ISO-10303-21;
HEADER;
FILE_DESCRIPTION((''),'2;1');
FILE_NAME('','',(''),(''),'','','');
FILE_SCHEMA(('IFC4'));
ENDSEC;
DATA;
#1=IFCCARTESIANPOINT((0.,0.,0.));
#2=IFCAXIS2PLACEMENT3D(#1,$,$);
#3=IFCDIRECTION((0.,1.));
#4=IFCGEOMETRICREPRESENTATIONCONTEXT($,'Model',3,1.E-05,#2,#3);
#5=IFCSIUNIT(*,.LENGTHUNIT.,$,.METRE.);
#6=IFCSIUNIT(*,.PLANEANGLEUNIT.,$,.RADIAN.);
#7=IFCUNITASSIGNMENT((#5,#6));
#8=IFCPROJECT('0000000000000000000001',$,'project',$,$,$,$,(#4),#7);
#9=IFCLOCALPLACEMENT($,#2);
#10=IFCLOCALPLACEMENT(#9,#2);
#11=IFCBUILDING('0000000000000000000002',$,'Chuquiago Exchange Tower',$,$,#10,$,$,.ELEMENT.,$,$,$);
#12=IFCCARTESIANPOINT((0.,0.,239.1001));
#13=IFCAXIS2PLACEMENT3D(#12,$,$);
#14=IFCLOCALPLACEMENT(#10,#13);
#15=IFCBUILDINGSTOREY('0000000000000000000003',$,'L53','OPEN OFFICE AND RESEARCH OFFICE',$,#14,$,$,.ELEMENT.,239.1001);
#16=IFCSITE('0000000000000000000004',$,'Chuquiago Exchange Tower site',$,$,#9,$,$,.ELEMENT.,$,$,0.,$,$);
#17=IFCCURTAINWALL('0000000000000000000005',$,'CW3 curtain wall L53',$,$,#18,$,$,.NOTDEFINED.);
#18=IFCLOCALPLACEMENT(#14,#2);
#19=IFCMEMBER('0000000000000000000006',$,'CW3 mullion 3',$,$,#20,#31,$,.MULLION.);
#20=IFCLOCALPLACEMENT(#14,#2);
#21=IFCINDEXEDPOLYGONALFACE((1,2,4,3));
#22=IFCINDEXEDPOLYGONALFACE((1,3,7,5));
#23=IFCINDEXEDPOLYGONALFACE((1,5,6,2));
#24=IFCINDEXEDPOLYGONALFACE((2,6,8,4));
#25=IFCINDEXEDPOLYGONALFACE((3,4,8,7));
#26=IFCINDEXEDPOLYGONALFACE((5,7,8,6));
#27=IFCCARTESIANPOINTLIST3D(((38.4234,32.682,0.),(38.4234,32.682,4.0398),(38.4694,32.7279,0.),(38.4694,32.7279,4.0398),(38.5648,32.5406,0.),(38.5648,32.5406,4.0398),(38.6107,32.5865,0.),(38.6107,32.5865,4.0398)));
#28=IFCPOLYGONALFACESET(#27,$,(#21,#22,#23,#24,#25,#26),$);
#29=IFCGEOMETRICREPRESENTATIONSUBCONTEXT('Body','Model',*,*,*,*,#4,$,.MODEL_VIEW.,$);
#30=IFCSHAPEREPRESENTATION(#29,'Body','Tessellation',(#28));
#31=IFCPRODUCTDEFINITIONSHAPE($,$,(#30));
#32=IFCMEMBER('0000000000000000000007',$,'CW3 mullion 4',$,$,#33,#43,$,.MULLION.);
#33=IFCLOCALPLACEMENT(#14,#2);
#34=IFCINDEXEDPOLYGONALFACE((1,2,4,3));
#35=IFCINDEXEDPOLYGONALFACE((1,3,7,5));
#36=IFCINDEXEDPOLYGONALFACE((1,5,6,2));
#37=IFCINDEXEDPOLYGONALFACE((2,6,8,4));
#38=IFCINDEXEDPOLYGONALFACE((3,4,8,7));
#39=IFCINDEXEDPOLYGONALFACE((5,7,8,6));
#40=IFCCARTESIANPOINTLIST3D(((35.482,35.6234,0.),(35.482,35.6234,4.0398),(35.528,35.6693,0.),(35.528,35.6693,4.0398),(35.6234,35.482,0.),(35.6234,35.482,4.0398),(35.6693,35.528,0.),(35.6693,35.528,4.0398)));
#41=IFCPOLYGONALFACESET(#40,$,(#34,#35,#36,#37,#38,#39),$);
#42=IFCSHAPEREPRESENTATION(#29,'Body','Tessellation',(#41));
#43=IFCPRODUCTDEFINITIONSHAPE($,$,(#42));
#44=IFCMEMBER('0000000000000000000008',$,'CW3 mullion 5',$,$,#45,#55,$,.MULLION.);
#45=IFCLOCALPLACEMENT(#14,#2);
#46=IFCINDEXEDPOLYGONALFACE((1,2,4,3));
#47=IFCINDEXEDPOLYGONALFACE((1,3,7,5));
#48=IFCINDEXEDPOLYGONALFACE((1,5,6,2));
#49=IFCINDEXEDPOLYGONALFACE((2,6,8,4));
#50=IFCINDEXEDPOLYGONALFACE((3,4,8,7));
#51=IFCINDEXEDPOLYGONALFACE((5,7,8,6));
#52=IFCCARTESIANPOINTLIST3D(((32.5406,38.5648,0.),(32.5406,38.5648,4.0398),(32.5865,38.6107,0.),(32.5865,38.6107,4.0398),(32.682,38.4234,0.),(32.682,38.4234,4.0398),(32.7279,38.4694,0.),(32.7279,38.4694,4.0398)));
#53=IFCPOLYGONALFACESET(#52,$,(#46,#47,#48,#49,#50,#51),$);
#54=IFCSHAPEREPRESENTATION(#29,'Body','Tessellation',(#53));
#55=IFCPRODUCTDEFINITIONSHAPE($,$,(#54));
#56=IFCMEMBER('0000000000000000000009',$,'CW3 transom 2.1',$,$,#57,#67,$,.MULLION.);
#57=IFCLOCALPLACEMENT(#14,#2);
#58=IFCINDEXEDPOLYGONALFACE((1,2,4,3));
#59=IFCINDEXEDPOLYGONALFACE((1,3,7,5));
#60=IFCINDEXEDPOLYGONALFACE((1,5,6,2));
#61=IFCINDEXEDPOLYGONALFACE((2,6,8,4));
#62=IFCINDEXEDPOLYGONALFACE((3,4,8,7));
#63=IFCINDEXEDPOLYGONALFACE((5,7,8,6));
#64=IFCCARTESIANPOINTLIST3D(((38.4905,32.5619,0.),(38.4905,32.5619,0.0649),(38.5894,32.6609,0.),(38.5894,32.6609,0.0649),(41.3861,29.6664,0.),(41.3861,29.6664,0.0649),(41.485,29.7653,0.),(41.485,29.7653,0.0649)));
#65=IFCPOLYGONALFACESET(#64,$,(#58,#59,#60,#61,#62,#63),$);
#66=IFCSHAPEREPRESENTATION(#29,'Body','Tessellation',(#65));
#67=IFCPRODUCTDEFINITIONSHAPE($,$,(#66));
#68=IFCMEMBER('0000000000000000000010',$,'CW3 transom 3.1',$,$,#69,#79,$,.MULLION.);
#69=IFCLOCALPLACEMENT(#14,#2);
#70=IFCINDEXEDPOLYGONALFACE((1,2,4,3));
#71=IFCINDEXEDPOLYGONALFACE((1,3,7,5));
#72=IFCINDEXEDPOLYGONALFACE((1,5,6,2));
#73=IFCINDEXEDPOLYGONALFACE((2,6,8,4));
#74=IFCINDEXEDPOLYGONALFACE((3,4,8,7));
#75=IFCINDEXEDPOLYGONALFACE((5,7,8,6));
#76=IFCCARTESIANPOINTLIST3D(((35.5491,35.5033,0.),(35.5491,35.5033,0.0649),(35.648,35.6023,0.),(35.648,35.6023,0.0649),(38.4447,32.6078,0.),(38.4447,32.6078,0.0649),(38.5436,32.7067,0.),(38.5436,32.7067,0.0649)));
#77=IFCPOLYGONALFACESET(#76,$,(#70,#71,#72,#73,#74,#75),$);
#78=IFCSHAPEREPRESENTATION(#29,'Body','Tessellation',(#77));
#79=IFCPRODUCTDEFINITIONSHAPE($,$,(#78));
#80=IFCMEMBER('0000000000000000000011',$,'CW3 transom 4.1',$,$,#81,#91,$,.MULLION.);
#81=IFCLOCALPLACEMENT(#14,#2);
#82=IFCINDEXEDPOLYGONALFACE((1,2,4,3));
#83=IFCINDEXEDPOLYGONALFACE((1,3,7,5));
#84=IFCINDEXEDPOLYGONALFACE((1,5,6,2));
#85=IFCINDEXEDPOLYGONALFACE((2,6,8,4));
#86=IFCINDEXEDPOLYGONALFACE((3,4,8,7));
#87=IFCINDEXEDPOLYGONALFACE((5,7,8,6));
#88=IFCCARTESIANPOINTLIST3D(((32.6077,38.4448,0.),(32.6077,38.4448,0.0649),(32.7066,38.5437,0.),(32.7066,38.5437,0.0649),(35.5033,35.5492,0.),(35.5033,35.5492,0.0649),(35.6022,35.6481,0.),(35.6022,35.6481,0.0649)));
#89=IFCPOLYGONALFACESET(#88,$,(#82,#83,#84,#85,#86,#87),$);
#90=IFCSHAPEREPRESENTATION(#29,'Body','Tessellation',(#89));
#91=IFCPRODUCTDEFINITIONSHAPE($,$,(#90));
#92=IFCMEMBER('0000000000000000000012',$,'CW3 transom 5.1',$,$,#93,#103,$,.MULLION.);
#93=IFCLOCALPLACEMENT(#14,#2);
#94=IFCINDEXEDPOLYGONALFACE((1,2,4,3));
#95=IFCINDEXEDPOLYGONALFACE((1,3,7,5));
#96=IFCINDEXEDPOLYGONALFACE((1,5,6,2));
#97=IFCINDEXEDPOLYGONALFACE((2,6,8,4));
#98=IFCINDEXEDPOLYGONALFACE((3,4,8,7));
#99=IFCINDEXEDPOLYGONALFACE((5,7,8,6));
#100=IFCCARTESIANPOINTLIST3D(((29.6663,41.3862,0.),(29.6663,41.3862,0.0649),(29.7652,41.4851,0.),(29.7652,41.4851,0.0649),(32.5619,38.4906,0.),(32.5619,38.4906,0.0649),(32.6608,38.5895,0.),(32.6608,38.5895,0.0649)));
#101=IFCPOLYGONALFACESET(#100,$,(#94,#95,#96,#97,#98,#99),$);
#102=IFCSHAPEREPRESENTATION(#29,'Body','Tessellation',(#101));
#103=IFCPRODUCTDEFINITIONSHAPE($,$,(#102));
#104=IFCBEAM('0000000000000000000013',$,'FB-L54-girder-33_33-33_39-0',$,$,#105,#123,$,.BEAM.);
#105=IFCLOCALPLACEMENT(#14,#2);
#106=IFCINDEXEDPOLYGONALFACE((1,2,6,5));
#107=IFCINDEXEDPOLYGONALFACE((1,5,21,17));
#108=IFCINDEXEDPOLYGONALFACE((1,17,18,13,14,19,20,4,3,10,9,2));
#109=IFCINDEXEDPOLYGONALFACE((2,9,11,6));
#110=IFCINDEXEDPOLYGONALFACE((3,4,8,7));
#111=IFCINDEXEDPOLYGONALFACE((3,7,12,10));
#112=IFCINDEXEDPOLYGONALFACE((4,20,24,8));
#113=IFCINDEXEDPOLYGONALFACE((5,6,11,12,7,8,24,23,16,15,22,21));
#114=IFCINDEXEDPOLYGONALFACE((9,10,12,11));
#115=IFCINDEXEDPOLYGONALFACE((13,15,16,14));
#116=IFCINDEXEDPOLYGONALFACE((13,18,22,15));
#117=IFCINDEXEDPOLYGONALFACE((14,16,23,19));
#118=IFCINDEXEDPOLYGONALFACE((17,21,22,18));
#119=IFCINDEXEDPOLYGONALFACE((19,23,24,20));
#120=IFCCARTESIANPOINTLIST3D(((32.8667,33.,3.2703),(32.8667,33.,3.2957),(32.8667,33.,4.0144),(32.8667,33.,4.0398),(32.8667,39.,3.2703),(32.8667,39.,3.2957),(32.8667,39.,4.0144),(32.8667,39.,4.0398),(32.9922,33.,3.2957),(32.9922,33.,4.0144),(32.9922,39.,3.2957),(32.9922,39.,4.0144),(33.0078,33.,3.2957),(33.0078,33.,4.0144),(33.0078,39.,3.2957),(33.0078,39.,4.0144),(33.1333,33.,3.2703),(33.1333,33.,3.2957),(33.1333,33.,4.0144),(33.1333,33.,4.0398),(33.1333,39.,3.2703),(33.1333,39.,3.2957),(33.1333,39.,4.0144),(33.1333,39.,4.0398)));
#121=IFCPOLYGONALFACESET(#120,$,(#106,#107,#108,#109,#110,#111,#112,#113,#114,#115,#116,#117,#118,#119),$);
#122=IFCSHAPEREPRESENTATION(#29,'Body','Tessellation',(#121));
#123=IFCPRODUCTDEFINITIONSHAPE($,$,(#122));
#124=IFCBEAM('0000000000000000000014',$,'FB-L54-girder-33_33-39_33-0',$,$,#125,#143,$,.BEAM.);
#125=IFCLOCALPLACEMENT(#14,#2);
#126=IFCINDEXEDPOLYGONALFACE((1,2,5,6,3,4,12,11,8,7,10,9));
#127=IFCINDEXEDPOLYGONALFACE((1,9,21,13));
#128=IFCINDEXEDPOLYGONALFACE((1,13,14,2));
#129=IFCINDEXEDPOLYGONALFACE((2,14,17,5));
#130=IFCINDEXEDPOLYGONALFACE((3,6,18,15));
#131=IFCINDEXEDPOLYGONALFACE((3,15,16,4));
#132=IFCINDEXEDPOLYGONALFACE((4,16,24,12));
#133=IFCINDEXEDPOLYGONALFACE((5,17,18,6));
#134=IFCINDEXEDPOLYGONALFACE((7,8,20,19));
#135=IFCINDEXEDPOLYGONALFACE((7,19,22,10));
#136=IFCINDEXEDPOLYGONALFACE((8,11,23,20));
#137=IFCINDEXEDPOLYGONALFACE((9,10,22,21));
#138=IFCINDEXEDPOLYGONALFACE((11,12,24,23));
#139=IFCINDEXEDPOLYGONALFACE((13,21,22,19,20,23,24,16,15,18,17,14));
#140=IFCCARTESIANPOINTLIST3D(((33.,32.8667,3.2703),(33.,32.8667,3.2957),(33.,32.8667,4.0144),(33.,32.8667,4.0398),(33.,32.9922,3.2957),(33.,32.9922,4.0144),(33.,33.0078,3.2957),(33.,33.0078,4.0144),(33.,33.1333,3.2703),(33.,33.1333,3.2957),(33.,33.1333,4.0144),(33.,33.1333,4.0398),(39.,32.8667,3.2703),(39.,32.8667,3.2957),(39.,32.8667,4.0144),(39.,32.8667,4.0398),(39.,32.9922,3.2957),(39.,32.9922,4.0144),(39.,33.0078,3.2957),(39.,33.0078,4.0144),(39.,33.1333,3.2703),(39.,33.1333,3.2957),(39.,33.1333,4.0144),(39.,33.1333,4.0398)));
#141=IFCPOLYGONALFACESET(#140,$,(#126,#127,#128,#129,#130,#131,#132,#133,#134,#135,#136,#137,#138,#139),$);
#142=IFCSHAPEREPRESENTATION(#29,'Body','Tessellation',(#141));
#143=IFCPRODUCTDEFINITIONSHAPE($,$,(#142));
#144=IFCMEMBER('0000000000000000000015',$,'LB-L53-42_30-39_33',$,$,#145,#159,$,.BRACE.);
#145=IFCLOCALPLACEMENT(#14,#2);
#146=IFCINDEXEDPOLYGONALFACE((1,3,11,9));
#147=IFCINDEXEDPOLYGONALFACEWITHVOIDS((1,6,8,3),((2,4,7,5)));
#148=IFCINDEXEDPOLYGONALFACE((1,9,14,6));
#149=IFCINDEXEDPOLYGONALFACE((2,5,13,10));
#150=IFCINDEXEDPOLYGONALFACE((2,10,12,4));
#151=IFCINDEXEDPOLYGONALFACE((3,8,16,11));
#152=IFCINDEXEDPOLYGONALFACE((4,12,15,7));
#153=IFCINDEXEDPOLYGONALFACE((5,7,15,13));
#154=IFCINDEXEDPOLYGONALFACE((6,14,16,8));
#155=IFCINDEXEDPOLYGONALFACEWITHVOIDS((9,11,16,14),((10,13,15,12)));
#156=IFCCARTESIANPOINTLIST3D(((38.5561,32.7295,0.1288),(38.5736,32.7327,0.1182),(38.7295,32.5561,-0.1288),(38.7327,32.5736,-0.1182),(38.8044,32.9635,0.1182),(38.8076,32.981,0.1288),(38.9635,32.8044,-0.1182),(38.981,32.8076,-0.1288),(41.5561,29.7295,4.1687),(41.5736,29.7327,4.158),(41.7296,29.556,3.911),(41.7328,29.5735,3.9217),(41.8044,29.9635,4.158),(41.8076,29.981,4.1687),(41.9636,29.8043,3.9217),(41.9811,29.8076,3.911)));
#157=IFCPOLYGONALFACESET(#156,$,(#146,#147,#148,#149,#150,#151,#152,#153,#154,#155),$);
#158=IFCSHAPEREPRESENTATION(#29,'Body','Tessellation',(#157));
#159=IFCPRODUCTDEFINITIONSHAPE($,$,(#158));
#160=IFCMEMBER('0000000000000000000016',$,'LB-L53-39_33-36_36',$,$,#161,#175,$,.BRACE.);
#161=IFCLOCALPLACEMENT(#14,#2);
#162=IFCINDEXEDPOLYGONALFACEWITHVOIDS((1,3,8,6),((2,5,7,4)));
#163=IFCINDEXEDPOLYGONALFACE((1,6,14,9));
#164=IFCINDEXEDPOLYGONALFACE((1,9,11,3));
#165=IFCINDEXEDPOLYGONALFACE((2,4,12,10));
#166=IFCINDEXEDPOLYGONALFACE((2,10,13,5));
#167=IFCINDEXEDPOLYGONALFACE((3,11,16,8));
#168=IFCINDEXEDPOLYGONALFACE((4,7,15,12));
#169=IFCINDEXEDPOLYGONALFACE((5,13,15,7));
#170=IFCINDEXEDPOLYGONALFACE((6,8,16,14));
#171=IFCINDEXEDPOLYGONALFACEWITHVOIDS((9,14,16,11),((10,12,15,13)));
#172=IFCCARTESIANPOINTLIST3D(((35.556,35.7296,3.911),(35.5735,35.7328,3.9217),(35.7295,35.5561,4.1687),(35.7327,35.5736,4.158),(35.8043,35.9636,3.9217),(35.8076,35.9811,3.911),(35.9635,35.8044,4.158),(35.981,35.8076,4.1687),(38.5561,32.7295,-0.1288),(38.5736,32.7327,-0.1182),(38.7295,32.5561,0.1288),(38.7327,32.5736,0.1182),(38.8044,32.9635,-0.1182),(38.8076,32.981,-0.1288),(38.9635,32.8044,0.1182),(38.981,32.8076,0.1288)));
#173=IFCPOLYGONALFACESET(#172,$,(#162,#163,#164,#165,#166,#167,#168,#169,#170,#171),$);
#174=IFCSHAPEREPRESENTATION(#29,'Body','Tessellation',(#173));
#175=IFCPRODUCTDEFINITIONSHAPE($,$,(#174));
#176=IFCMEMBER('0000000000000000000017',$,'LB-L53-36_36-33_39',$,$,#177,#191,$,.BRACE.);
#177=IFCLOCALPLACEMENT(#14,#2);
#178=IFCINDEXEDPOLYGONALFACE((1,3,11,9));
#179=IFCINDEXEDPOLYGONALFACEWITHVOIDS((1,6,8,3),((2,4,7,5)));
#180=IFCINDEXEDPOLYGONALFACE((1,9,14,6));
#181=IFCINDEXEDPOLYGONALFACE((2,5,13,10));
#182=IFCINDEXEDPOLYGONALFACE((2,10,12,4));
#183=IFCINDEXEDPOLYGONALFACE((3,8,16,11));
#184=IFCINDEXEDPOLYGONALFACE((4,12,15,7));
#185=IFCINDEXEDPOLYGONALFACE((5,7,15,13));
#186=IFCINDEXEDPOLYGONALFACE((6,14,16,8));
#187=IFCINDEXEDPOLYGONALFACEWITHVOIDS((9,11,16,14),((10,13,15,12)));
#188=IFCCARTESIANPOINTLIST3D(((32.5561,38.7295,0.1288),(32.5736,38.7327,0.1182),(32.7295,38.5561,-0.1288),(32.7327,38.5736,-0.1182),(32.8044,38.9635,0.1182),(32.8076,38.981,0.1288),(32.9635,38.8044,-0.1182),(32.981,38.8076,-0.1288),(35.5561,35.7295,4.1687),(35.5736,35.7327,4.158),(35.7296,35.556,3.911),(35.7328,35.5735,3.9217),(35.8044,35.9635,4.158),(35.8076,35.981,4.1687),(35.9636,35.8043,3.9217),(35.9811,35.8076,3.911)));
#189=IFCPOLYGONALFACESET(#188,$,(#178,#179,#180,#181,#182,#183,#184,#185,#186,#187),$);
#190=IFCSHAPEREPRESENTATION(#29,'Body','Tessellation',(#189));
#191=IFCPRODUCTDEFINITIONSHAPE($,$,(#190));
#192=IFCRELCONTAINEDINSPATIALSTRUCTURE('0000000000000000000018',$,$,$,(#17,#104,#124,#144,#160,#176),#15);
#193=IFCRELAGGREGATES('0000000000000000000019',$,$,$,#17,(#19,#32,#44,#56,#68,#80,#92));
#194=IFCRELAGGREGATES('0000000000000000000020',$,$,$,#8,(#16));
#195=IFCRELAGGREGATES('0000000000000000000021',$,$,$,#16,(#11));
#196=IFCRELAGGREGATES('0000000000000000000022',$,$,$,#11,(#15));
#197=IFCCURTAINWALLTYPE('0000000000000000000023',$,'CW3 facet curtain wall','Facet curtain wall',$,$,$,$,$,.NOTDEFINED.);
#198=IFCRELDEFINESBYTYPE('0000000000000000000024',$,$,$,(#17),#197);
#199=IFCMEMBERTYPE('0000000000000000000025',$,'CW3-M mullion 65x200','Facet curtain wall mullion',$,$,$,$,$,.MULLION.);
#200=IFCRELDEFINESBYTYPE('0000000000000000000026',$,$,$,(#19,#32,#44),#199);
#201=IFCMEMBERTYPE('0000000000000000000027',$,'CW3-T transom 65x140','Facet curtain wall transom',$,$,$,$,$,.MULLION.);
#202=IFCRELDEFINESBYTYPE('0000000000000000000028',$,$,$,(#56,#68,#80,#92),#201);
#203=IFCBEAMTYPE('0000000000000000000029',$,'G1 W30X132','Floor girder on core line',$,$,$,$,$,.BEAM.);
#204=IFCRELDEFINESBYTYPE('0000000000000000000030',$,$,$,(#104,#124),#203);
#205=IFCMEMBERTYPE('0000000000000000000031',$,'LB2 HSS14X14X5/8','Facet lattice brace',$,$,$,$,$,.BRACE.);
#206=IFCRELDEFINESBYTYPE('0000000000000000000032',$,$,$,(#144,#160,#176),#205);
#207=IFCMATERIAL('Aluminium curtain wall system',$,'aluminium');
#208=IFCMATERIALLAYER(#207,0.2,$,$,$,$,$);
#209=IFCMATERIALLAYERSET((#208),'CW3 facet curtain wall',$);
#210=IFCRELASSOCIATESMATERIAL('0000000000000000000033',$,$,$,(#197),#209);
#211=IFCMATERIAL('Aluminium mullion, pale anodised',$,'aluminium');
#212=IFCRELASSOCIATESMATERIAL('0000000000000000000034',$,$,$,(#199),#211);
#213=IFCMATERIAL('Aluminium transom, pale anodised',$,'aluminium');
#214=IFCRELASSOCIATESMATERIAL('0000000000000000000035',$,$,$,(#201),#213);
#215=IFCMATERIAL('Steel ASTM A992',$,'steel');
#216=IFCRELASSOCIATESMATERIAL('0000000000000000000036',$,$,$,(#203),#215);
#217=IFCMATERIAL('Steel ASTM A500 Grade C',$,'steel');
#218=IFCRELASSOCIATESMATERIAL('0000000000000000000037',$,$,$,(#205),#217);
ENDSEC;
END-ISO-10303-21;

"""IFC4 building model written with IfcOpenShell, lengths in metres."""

from ifc_helpers import new_model, si_unit, direction, frame, origin, origin_2d, place, context, subcontext, project, spatial, rectangle, hollow_rectangle, i_section, extrude, material, layer, layer_set, material_profile, profile_set, type_object, element, aggregate, save


model = new_model("IFC4")

# Units and contexts
model_context = context("Model", 3, precision=1e-05, world=origin(), true_north=direction((0.0, 1.0)))
body_context = subcontext(model_context, "Body", "Model", "MODEL_VIEW")
ifc_project = project(units=[si_unit("LENGTHUNIT", "METRE"), si_unit("PLANEANGLEUNIT", "RADIAN")], contexts=[model_context])

# Site, building, storey
site_placement = place(None, origin())
site = spatial("IfcSite", under=ifc_project, at=site_placement, Name="Chuquiago Exchange Tower site", CompositionType="ELEMENT", RefElevation=0.0)
building_placement = place(site_placement, origin())
building = spatial("IfcBuilding", under=site, at=building_placement, Name="Chuquiago Exchange Tower", CompositionType="ELEMENT")
storey_placement = place(building_placement, frame((0.0, 0.0, 239.1001)))
storey = spatial("IfcBuildingStorey", under=building, at=storey_placement, Name="L53", Description="OPEN OFFICE AND RESEARCH OFFICE", CompositionType="ELEMENT", Elevation=239.1001)

# Curtain wall, members
ifc_material_1 = material(Name="Aluminium curtain wall system", Category="aluminium")
ifc_layer_1 = layer(ifc_material_1, 0.2)
ifc_layer_set_1 = layer_set([ifc_layer_1], Name="CW3 facet curtain wall")
curtain_wall_type = type_object("IfcCurtainWallType", Name="CW3 facet curtain wall", Description="Facet curtain wall", PredefinedType="NOTDEFINED", material=ifc_layer_set_1)
curtain_wall_placement = place(storey_placement, origin())
curtain_wall = element("IfcCurtainWall", 1, at=curtain_wall_placement, inside=storey, type_object=curtain_wall_type, Name="CW3 curtain wall L53", PredefinedType="NOTDEFINED")
ifc_material_2 = material(Name="Aluminium mullion, pale anodised", Category="aluminium")
ifc_material_profile_1 = material_profile(ifc_material_2, rectangle(XDim=0.0649, YDim=0.2, at=origin_2d()), Name="AL 65x200")
ifc_profile_set_1 = profile_set([ifc_material_profile_1], Name="Aluminium mullion, pale anodised")
member_type_1 = type_object("IfcMemberType", Name="CW3-M mullion 65x200", Description="Facet curtain wall mullion", PredefinedType="MULLION", material=ifc_profile_set_1)
member_1_placement = place(storey_placement, frame((38.5171, 32.6343, 0.0), z_axis=(0.0, 0.0, 1.0), x_axis=(-0.707107, -0.707107, 0.0)))
member_1 = element("IfcMember", 2, at=member_1_placement, type_object=member_type_1, Name="CW3 mullion 3", PredefinedType="MULLION", context=body_context, shape_type="SweptSolid", body=[
    extrude(rectangle(XDim=0.0649, YDim=0.2, at=origin_2d()), origin(), (0.0, 0.0, 1.0), 4.0398),
])
member_2_placement = place(storey_placement, frame((35.5757, 35.5757, 0.0), z_axis=(0.0, 0.0, 1.0), x_axis=(-0.707107, -0.707107, 0.0)))
member_2 = element("IfcMember", 3, at=member_2_placement, type_object=member_type_1, Name="CW3 mullion 4", PredefinedType="MULLION", context=body_context, shape_type="SweptSolid", body=[
    extrude(rectangle(XDim=0.0649, YDim=0.2, at=origin_2d()), origin(), (0.0, 0.0, 1.0), 4.0398),
])
member_3_placement = place(storey_placement, frame((32.6343, 38.5171, 0.0), z_axis=(0.0, 0.0, 1.0), x_axis=(-0.707107, -0.707107, 0.0)))
member_3 = element("IfcMember", 4, at=member_3_placement, type_object=member_type_1, Name="CW3 mullion 5", PredefinedType="MULLION", context=body_context, shape_type="SweptSolid", body=[
    extrude(rectangle(XDim=0.0649, YDim=0.2, at=origin_2d()), origin(), (0.0, 0.0, 1.0), 4.0398),
])
ifc_material_3 = material(Name="Aluminium transom, pale anodised", Category="aluminium")
ifc_material_profile_2 = material_profile(ifc_material_3, rectangle(XDim=0.1399, YDim=0.0649, at=origin_2d()), Name="AL 140x65")
ifc_profile_set_2 = profile_set([ifc_material_profile_2], Name="Aluminium transom, pale anodised")
member_type_2 = type_object("IfcMemberType", Name="CW3-T transom 65x140", Description="Facet curtain wall transom", PredefinedType="MULLION", material=ifc_profile_set_2)
member_4_placement = place(storey_placement, frame((41.4355, 29.7158, 0.0325), z_axis=(-0.707107, 0.707107, 0.0), x_axis=(-0.707107, -0.707107, 0.0)))
member_4 = element("IfcMember", 5, at=member_4_placement, type_object=member_type_2, Name="CW3 transom 2.1", PredefinedType="MULLION", context=body_context, shape_type="SweptSolid", body=[
    extrude(rectangle(XDim=0.1399, YDim=0.0649, at=origin_2d()), origin(), (0.0, 0.0, 1.0), 4.095),
])
member_5_placement = place(storey_placement, frame((38.4941, 32.6572, 0.0325), z_axis=(-0.707107, 0.707107, 0.0), x_axis=(-0.707107, -0.707107, 0.0)))
member_5 = element("IfcMember", 6, at=member_5_placement, type_object=member_type_2, Name="CW3 transom 3.1", PredefinedType="MULLION", context=body_context, shape_type="SweptSolid", body=[
    extrude(rectangle(XDim=0.1399, YDim=0.0649, at=origin_2d()), origin(), (0.0, 0.0, 1.0), 4.095),
])
member_6_placement = place(storey_placement, frame((35.5527, 35.5986, 0.0325), z_axis=(-0.707107, 0.707107, 0.0), x_axis=(-0.707107, -0.707107, 0.0)))
member_6 = element("IfcMember", 7, at=member_6_placement, type_object=member_type_2, Name="CW3 transom 4.1", PredefinedType="MULLION", context=body_context, shape_type="SweptSolid", body=[
    extrude(rectangle(XDim=0.1399, YDim=0.0649, at=origin_2d()), origin(), (0.0, 0.0, 1.0), 4.095),
])
member_7_placement = place(storey_placement, frame((32.6113, 38.54, 0.0325), z_axis=(-0.707107, 0.707107, 0.0), x_axis=(-0.707107, -0.707107, 0.0)))
member_7 = element("IfcMember", 8, at=member_7_placement, type_object=member_type_2, Name="CW3 transom 5.1", PredefinedType="MULLION", context=body_context, shape_type="SweptSolid", body=[
    extrude(rectangle(XDim=0.1399, YDim=0.0649, at=origin_2d()), origin(), (0.0, 0.0, 1.0), 4.095),
])

# Beams
ifc_material_4 = material(Name="Steel ASTM A992", Category="steel")
ifc_material_profile_3 = material_profile(ifc_material_4, i_section(OverallWidth=0.2666, OverallDepth=0.7695, WebThickness=0.0156, FlangeThickness=0.0254, at=origin_2d()), Name="W30X132")
ifc_profile_set_3 = profile_set([ifc_material_profile_3], Name="Steel ASTM A992")
beam_type_1 = type_object("IfcBeamType", Name="G1 W30X132", Description="Floor girder on core line", PredefinedType="BEAM", material=ifc_profile_set_3)
for number, where, z_axis, x_axis, name in (
    (9, (33.0, 33.0, 3.655), (0.0, 1.0, 0.0), (-1.0, 0.0, 0.0), "FB-L54-girder-33_33-33_39-0"),
    (10, (33.0, 33.0, 3.655), (1.0, 0.0, 0.0), (0.0, 1.0, 0.0), "FB-L54-girder-33_33-39_33-0"),
):
    element("IfcBeam", number, at=place(storey_placement, frame(where, z_axis=z_axis, x_axis=x_axis)), inside=storey, type_object=beam_type_1, Name=name, PredefinedType="BEAM", context=body_context, shape_type="SweptSolid", body=[
        extrude(i_section(OverallWidth=0.2666, OverallDepth=0.7695, WebThickness=0.0156, FlangeThickness=0.0254, at=origin_2d()), origin(), (0.0, 0.0, 1.0), 6.0),
    ])

# Members
ifc_material_5 = material(Name="Steel ASTM A500 Grade C", Category="steel")
ifc_material_profile_4 = material_profile(ifc_material_5, hollow_rectangle(XDim=0.3557, YDim=0.3557, WallThickness=0.0146, at=origin_2d()), Name="HSS14X14X5/8")
ifc_profile_set_4 = profile_set([ifc_material_profile_4], Name="Steel ASTM A500 Grade C")
member_type_3 = type_object("IfcMemberType", Name="LB2 HSS14X14X5/8", Description="Facet lattice brace", PredefinedType="BRACE", material=ifc_profile_set_4)
for number, where, z_axis, x_axis, name in (
    (11, (38.7686, 32.7686, 0.0), (0.512092, -0.512092, 0.689582), (0.707107, 0.707107, 0.0), "LB-L53-42_30-39_33"),
    (12, (38.7686, 32.7686, 0.0), (-0.512092, 0.512092, 0.689582), (-0.707107, -0.707107, 0.0), "LB-L53-39_33-36_36"),
    (13, (32.7686, 38.7686, 0.0), (0.512092, -0.512092, 0.689582), (0.707107, 0.707107, 0.0), "LB-L53-36_36-33_39"),
):
    element("IfcMember", number, at=place(storey_placement, frame(where, z_axis=z_axis, x_axis=x_axis)), inside=storey, type_object=member_type_3, Name=name, PredefinedType="BRACE", context=body_context, shape_type="SweptSolid", body=[
        extrude(hollow_rectangle(XDim=0.3557, YDim=0.3557, WallThickness=0.0146, at=origin_2d()), origin(), (0.0, 0.0, 1.0), 5.8584),
    ])

aggregate(curtain_wall, [member_1, member_2, member_3, member_4, member_5, member_6, member_7])

save(model, "model.ifc")
